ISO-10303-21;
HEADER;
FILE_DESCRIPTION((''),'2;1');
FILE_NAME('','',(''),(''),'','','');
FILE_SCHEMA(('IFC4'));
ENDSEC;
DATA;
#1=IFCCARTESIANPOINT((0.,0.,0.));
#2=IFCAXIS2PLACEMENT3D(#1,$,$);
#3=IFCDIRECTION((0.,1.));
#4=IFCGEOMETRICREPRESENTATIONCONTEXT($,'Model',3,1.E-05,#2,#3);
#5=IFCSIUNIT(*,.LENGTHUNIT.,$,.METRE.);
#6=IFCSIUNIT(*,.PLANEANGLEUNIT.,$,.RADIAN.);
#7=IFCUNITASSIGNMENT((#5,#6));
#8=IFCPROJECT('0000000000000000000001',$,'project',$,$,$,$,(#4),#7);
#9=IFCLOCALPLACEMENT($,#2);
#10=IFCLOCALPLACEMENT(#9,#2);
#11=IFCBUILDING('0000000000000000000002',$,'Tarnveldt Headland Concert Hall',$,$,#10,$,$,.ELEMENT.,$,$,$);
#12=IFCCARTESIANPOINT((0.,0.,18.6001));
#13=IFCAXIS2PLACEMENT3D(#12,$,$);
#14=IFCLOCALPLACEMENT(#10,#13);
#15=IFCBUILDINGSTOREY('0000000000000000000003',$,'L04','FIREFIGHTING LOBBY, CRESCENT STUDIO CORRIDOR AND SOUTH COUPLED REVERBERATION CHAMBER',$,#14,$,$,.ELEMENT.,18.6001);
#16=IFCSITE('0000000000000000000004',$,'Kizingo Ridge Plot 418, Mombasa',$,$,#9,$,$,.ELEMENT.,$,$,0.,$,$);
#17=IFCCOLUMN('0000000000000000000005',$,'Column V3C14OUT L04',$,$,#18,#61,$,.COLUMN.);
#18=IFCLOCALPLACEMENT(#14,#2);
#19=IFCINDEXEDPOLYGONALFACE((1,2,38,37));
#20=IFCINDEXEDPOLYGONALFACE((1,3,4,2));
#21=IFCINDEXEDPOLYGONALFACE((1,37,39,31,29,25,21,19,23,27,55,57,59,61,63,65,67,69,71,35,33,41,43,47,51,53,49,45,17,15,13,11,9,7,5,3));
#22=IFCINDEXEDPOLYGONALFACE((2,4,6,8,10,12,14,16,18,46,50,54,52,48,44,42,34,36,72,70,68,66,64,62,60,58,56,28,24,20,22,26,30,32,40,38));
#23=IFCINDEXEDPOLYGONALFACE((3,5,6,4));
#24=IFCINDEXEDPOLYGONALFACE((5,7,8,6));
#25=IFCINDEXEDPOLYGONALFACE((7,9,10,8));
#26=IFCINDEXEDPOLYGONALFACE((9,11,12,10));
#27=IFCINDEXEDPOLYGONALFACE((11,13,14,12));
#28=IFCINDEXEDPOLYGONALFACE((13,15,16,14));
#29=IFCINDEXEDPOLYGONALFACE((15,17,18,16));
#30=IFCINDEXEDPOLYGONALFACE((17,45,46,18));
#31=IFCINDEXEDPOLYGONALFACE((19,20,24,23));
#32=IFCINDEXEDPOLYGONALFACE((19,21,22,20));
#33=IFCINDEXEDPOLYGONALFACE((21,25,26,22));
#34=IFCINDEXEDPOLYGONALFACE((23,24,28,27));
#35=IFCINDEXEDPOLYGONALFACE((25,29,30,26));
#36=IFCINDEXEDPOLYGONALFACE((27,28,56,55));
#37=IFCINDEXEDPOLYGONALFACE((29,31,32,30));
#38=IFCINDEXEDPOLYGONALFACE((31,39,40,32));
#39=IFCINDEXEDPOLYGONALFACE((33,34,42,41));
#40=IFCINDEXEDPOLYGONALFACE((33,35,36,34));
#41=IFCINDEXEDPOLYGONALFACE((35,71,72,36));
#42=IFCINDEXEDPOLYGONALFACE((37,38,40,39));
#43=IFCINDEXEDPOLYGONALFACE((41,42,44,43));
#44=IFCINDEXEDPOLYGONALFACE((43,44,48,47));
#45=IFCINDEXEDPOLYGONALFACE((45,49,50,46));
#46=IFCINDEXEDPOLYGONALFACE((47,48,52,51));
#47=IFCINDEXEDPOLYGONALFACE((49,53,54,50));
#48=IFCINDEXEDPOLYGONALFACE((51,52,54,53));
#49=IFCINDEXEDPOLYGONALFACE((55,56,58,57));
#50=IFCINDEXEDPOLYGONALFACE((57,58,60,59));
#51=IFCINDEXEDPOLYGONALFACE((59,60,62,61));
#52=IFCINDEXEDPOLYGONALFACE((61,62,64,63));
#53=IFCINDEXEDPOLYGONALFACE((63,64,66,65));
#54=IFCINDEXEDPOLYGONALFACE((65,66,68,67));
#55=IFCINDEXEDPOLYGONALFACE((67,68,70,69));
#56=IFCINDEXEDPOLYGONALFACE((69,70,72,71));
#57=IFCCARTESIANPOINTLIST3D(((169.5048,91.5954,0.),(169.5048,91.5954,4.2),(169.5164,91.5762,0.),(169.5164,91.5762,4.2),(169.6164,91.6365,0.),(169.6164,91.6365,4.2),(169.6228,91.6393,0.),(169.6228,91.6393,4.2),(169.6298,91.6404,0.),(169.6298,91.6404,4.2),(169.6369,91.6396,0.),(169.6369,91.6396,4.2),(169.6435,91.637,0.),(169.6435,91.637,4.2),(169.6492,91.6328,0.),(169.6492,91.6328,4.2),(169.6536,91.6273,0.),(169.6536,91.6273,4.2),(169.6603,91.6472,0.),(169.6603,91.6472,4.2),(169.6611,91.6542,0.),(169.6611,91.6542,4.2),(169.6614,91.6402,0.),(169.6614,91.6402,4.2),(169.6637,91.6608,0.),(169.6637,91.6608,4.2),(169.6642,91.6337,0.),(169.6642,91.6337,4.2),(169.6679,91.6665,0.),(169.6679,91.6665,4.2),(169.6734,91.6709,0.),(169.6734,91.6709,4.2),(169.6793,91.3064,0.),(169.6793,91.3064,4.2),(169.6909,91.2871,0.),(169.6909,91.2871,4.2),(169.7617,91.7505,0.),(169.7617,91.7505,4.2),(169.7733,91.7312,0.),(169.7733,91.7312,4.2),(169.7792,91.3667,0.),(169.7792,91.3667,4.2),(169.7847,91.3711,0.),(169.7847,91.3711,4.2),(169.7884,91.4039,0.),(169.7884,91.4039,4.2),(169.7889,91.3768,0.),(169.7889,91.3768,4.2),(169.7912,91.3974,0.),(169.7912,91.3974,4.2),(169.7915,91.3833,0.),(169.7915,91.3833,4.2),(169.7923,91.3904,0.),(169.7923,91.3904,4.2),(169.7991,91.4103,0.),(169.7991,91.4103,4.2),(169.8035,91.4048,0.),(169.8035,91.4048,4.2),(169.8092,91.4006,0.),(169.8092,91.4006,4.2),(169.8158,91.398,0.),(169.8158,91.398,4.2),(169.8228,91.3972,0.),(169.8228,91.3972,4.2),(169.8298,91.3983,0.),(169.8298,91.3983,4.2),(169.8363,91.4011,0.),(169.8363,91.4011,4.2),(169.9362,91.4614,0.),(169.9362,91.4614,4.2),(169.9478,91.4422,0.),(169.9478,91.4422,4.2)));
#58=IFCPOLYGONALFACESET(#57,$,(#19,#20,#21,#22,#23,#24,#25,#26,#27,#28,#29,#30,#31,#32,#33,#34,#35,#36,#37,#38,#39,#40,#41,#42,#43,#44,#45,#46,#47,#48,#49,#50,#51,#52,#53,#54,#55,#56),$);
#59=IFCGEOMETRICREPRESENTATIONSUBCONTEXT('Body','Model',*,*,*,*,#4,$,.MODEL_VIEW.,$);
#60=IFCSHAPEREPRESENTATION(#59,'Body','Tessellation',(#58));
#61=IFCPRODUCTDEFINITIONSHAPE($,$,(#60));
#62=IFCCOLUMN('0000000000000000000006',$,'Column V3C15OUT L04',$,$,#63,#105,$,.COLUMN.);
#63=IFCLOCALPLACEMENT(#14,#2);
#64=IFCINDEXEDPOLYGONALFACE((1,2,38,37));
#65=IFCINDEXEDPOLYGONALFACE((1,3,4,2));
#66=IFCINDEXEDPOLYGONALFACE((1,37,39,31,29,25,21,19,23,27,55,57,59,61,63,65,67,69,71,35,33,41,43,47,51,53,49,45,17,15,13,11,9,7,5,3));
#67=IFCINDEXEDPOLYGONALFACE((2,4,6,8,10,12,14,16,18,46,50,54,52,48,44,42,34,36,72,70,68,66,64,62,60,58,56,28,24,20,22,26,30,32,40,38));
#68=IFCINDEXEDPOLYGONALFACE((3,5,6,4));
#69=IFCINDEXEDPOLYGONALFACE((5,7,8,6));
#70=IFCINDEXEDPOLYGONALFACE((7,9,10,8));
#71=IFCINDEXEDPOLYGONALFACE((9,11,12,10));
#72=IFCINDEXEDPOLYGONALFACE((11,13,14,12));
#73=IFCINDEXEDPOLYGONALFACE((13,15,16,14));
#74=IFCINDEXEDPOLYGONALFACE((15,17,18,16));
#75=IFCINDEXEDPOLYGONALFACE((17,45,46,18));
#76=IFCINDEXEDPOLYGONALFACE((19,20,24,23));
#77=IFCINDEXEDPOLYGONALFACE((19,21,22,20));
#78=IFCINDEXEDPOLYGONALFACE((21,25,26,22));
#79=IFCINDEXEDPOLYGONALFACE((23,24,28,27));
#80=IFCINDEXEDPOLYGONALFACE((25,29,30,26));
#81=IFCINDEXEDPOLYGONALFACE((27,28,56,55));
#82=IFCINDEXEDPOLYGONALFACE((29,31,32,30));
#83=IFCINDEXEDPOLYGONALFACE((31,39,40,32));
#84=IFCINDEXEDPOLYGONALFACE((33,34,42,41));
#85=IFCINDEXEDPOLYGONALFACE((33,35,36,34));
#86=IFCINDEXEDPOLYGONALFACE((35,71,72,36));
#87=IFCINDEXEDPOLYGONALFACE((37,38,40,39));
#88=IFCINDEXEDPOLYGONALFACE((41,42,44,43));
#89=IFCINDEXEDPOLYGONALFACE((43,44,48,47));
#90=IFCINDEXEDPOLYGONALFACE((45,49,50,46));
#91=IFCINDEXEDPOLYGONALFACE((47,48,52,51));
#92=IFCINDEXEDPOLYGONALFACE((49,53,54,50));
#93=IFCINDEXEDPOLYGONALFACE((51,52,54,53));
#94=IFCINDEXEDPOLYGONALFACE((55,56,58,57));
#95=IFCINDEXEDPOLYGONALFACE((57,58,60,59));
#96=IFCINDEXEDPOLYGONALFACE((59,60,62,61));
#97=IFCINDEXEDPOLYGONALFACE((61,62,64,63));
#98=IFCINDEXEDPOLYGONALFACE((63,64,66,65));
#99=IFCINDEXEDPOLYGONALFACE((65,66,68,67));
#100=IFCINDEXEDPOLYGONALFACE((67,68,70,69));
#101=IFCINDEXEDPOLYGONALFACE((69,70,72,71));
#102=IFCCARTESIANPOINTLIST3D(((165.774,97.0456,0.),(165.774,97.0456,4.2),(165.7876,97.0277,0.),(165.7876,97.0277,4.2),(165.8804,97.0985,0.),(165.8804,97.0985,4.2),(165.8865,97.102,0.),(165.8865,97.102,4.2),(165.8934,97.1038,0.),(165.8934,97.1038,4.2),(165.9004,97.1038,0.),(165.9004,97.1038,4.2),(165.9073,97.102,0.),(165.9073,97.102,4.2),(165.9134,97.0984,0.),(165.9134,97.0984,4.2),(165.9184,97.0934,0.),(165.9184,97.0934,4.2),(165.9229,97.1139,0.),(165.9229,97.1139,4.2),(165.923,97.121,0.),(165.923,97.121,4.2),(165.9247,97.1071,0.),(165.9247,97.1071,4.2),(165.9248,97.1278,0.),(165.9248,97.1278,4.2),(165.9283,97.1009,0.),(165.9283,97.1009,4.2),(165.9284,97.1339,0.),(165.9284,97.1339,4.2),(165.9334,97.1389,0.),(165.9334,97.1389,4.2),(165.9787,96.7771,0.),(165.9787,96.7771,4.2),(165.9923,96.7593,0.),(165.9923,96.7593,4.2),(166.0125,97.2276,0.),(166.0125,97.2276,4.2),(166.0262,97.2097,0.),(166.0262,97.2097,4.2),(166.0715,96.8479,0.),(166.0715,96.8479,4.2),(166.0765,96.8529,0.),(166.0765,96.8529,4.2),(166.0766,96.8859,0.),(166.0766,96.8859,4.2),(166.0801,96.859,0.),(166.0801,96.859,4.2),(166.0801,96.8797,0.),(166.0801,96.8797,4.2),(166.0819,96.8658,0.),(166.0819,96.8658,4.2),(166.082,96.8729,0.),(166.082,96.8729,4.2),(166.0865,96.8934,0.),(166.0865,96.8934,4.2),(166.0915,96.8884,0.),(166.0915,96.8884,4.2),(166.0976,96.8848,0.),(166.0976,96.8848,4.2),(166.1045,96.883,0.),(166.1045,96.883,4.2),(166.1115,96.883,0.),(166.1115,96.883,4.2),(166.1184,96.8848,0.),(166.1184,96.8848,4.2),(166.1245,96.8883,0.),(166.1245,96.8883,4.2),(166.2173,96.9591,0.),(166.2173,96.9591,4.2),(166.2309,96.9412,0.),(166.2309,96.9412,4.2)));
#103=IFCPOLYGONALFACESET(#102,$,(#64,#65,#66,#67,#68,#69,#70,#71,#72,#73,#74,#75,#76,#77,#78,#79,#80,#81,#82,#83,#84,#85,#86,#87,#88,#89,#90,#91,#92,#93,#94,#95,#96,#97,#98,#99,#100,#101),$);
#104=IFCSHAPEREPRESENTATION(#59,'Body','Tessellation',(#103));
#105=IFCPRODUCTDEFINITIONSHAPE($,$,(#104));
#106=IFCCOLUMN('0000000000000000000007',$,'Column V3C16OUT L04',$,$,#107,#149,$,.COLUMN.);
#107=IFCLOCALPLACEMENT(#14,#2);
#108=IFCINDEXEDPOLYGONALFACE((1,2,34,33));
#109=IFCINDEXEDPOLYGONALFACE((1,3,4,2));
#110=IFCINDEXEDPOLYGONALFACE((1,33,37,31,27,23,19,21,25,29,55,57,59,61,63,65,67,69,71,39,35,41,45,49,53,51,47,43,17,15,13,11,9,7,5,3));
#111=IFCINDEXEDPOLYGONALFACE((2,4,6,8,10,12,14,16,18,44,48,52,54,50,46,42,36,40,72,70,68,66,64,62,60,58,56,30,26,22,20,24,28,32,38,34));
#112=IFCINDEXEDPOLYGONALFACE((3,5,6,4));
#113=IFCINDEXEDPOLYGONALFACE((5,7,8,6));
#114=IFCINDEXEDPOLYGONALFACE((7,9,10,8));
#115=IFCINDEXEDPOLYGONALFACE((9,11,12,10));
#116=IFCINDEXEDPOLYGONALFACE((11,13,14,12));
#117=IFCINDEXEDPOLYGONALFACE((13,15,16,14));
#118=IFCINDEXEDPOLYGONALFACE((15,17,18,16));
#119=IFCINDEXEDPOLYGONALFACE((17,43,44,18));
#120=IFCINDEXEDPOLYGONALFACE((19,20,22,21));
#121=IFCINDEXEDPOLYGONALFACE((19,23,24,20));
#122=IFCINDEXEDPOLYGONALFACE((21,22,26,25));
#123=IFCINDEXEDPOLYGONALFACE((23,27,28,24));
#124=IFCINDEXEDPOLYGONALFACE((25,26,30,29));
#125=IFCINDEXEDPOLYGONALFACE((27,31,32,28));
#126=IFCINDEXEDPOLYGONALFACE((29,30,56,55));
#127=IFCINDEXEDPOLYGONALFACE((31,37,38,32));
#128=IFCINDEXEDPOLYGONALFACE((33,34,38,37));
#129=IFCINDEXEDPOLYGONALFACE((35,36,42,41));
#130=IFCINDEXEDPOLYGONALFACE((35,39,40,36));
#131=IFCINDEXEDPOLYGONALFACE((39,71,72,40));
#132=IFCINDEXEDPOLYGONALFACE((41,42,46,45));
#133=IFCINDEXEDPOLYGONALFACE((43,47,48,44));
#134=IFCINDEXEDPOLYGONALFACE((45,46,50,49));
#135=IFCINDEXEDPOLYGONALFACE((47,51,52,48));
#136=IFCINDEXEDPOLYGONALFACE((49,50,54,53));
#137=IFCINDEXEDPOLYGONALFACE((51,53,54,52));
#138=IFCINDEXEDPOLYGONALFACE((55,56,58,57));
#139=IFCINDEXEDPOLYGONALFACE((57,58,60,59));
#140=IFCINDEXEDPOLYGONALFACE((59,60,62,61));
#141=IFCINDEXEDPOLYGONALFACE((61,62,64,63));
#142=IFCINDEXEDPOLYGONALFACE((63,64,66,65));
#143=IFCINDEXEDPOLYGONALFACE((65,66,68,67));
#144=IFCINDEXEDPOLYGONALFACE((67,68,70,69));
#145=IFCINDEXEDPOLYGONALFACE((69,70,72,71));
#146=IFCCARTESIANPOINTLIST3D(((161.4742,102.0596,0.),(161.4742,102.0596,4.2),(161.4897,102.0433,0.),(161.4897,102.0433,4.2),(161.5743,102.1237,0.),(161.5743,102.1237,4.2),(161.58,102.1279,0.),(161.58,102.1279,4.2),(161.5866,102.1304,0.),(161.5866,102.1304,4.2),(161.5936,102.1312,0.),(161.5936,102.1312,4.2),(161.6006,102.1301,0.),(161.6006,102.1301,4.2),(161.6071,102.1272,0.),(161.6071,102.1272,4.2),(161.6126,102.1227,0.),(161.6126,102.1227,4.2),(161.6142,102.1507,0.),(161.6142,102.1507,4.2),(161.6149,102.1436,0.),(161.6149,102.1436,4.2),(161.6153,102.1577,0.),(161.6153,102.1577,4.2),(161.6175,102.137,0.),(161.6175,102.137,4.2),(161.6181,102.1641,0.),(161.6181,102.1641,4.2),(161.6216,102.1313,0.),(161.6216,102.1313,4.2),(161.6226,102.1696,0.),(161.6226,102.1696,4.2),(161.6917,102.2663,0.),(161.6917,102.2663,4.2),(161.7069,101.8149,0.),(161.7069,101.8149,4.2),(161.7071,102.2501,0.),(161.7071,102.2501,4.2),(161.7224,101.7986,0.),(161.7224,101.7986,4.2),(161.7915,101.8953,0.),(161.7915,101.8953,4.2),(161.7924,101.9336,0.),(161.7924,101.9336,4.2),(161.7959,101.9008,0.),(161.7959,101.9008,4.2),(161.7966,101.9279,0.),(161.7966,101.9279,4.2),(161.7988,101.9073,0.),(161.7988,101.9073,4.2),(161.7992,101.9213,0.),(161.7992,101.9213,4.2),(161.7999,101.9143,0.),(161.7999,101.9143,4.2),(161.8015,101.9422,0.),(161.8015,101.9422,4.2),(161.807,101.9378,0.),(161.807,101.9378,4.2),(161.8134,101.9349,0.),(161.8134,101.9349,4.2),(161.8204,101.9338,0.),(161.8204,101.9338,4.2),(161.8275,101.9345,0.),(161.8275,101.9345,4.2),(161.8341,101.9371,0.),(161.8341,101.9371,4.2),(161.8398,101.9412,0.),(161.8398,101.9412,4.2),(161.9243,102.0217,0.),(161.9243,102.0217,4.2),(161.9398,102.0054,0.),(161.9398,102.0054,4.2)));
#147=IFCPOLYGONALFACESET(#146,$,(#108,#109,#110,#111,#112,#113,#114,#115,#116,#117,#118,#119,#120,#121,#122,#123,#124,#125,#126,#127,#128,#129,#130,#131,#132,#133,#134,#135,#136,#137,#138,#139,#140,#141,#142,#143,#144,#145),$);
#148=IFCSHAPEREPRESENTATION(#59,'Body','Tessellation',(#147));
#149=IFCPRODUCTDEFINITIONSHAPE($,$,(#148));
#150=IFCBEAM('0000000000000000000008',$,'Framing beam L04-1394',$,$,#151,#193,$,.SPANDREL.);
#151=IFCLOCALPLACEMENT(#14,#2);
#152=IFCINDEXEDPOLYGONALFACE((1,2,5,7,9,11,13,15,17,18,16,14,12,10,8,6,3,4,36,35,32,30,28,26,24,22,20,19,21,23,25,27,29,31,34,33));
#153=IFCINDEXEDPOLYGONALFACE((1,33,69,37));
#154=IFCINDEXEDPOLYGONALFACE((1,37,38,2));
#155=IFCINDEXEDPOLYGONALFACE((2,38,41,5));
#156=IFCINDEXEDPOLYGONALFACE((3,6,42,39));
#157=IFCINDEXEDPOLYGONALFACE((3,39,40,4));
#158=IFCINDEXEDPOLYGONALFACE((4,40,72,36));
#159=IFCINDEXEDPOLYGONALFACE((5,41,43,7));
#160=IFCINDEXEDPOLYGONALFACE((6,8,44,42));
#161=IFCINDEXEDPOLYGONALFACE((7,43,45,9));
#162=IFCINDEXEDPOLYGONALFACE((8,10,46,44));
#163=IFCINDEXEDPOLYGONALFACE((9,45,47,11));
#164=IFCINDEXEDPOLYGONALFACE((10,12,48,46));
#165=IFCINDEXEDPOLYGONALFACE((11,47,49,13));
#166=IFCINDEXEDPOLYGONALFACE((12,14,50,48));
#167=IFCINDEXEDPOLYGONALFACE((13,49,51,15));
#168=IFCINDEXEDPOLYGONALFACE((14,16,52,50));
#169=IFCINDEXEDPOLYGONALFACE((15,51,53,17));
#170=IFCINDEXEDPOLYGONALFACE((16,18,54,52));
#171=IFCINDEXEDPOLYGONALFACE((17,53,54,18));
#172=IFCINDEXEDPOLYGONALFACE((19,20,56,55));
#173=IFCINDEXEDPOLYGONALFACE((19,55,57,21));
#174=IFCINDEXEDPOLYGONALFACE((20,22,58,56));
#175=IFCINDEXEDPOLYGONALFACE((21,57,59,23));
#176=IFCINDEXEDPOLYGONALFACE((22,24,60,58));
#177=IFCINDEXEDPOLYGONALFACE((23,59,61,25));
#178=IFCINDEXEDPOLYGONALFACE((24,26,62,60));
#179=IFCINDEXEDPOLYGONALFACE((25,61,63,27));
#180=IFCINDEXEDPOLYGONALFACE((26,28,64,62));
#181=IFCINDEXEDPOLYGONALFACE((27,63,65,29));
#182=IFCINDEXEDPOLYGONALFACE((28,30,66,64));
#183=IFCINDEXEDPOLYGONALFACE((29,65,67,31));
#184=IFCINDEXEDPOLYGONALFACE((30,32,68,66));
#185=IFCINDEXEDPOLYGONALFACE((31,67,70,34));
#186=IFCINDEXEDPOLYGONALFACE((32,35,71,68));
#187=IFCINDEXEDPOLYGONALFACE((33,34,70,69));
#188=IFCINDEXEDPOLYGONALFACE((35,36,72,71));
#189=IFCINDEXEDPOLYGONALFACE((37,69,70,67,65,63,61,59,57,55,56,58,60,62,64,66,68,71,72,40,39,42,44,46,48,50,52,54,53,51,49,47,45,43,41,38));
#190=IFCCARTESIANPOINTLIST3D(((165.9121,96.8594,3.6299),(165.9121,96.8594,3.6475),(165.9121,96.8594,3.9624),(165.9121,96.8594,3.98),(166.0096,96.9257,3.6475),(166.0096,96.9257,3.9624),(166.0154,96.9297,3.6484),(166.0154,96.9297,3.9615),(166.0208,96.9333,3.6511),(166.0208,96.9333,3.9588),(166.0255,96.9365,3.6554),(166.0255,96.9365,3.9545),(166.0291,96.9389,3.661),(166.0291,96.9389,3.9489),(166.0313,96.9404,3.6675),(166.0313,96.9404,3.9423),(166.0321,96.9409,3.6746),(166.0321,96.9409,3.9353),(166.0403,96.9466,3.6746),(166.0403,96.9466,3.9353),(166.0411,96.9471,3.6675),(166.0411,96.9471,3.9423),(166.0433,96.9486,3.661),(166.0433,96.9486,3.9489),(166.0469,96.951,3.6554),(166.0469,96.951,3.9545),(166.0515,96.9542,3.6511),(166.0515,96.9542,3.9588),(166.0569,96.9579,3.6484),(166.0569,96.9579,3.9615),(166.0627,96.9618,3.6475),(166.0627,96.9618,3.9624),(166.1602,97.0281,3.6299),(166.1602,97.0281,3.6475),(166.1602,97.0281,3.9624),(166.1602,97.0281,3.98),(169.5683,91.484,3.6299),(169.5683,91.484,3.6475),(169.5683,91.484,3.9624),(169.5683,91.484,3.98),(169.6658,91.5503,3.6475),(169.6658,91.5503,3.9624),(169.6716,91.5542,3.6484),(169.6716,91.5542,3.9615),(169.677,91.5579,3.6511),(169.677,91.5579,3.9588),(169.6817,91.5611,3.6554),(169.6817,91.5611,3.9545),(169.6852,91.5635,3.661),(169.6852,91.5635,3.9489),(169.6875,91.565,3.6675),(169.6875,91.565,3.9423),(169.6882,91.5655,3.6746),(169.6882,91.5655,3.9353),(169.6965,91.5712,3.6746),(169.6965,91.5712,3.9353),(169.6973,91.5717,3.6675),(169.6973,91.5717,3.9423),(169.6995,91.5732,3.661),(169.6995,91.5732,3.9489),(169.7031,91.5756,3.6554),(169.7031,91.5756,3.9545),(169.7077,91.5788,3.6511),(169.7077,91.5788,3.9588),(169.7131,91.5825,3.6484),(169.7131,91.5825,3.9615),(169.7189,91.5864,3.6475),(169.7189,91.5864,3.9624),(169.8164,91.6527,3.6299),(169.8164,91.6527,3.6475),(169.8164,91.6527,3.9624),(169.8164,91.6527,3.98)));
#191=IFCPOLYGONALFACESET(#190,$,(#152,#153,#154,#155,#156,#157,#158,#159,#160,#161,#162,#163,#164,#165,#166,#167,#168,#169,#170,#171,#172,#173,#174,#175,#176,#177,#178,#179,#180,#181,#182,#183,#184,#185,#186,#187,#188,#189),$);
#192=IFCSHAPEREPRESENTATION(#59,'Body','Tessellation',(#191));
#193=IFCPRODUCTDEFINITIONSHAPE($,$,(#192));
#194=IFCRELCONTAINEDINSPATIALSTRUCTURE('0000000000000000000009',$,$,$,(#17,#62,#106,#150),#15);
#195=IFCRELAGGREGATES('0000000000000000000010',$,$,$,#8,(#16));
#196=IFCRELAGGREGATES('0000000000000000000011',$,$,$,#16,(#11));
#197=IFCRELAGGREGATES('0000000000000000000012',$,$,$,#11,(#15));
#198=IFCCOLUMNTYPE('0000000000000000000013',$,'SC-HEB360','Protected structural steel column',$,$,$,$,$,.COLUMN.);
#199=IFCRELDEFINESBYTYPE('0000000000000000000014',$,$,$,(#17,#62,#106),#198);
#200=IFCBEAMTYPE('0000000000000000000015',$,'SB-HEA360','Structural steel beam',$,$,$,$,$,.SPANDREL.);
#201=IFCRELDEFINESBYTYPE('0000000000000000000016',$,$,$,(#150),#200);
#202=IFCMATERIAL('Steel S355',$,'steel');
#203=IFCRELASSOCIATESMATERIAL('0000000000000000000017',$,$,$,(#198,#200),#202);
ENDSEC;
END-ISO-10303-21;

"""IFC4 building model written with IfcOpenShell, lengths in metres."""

from ifc_helpers import new_model, si_unit, direction, frame, origin, origin_2d, place, context, subcontext, project, spatial, i_section, extrude, material, material_profile, profile_set, type_object, element, save


model = new_model("IFC4")

# Units and contexts
model_context = context("Model", 3, precision=1e-05, world=origin(), true_north=direction((0.0, 1.0)))
body_context = subcontext(model_context, "Body", "Model", "MODEL_VIEW")
ifc_project = project(units=[si_unit("LENGTHUNIT", "METRE"), si_unit("PLANEANGLEUNIT", "RADIAN")], contexts=[model_context])

# Site, building, storey
site_placement = place(None, origin())
site = spatial("IfcSite", under=ifc_project, at=site_placement, Name="Kizingo Ridge Plot 418, Mombasa", CompositionType="ELEMENT", RefElevation=0.0)
building_placement = place(site_placement, origin())
building = spatial("IfcBuilding", under=site, at=building_placement, Name="Tarnveldt Headland Concert Hall", CompositionType="ELEMENT")
storey_placement = place(building_placement, frame((0.0, 0.0, 18.6001)))
storey = spatial("IfcBuildingStorey", under=building, at=storey_placement, Name="L04", Description="FIREFIGHTING LOBBY, CRESCENT STUDIO CORRIDOR AND SOUTH COUPLED REVERBERATION CHAMBER", CompositionType="ELEMENT", Elevation=18.6001)

# Columns
ifc_material_1 = material(Name="Steel S355", Category="steel")
ifc_material_profile_1 = material_profile(ifc_material_1, i_section(OverallWidth=0.3, OverallDepth=0.3601, WebThickness=0.0125, FlangeThickness=0.0225, FilletRadius=0.0271, at=origin_2d()), Name="HEB360", Category="steel")
ifc_profile_set_1 = profile_set([ifc_material_profile_1], Name="Steel S355")
column_type = type_object("IfcColumnType", Name="SC-HEB360", Description="Protected structural steel column", PredefinedType="COLUMN", material=ifc_profile_set_1)
for number, where, z_axis, x_axis, name in (
    (1, (169.7263, 91.5188, 0.0), (0.0, 0.0, 1.0), (0.856177, 0.516683, 0.0), "Column V3C14OUT L04"),
    (2, (166.0024, 96.9934, 0.0), (0.0, 0.0, 1.0), (0.795156, 0.606405, 0.0), "Column V3C15OUT L04"),
    (3, (161.707, 102.0325, 0.0), (0.0, 0.0, 1.0), (0.724653, 0.689114, 0.0), "Column V3C16OUT L04"),
):
    element("IfcColumn", number, at=place(storey_placement, frame(where, z_axis=z_axis, x_axis=x_axis)), inside=storey, type_object=column_type, Name=name, PredefinedType="COLUMN", context=body_context, shape_type="SweptSolid", body=[
        extrude(i_section(OverallWidth=0.3, OverallDepth=0.3601, WebThickness=0.0125, FlangeThickness=0.0225, FilletRadius=0.0271, at=origin_2d()), origin(), (0.0, 0.0, 1.0), 4.2),
    ])

# Beam
ifc_material_profile_2 = material_profile(ifc_material_1, i_section(OverallWidth=0.3, OverallDepth=0.3501, WebThickness=0.01, FlangeThickness=0.0176, FilletRadius=0.0271, at=origin_2d()), Name="HEA360", Category="steel")
ifc_profile_set_2 = profile_set([ifc_material_profile_2], Name="Steel S355")
beam_type_1 = type_object("IfcBeamType", Name="SB-HEA360", Description="Structural steel beam", PredefinedType="SPANDREL", material=ifc_profile_set_2)
for number, where, z_axis, x_axis, name in (
    (4, (169.6924, 91.5684, 3.8049), (-0.562407, 0.826861, 0.0), (-0.826861, -0.562407, 0.0), "Framing beam L04-1394"),
):
    element("IfcBeam", number, at=place(storey_placement, frame(where, z_axis=z_axis, x_axis=x_axis)), inside=storey, type_object=beam_type_1, Name=name, PredefinedType="SPANDREL", context=body_context, shape_type="SweptSolid", body=[
        extrude(i_section(OverallWidth=0.3, OverallDepth=0.3501, WebThickness=0.01, FlangeThickness=0.0176, FilletRadius=0.0271, at=origin_2d()), origin(), (0.0, 0.0, 1.0), 6.501),
    ])

save(model, "model.ifc")
